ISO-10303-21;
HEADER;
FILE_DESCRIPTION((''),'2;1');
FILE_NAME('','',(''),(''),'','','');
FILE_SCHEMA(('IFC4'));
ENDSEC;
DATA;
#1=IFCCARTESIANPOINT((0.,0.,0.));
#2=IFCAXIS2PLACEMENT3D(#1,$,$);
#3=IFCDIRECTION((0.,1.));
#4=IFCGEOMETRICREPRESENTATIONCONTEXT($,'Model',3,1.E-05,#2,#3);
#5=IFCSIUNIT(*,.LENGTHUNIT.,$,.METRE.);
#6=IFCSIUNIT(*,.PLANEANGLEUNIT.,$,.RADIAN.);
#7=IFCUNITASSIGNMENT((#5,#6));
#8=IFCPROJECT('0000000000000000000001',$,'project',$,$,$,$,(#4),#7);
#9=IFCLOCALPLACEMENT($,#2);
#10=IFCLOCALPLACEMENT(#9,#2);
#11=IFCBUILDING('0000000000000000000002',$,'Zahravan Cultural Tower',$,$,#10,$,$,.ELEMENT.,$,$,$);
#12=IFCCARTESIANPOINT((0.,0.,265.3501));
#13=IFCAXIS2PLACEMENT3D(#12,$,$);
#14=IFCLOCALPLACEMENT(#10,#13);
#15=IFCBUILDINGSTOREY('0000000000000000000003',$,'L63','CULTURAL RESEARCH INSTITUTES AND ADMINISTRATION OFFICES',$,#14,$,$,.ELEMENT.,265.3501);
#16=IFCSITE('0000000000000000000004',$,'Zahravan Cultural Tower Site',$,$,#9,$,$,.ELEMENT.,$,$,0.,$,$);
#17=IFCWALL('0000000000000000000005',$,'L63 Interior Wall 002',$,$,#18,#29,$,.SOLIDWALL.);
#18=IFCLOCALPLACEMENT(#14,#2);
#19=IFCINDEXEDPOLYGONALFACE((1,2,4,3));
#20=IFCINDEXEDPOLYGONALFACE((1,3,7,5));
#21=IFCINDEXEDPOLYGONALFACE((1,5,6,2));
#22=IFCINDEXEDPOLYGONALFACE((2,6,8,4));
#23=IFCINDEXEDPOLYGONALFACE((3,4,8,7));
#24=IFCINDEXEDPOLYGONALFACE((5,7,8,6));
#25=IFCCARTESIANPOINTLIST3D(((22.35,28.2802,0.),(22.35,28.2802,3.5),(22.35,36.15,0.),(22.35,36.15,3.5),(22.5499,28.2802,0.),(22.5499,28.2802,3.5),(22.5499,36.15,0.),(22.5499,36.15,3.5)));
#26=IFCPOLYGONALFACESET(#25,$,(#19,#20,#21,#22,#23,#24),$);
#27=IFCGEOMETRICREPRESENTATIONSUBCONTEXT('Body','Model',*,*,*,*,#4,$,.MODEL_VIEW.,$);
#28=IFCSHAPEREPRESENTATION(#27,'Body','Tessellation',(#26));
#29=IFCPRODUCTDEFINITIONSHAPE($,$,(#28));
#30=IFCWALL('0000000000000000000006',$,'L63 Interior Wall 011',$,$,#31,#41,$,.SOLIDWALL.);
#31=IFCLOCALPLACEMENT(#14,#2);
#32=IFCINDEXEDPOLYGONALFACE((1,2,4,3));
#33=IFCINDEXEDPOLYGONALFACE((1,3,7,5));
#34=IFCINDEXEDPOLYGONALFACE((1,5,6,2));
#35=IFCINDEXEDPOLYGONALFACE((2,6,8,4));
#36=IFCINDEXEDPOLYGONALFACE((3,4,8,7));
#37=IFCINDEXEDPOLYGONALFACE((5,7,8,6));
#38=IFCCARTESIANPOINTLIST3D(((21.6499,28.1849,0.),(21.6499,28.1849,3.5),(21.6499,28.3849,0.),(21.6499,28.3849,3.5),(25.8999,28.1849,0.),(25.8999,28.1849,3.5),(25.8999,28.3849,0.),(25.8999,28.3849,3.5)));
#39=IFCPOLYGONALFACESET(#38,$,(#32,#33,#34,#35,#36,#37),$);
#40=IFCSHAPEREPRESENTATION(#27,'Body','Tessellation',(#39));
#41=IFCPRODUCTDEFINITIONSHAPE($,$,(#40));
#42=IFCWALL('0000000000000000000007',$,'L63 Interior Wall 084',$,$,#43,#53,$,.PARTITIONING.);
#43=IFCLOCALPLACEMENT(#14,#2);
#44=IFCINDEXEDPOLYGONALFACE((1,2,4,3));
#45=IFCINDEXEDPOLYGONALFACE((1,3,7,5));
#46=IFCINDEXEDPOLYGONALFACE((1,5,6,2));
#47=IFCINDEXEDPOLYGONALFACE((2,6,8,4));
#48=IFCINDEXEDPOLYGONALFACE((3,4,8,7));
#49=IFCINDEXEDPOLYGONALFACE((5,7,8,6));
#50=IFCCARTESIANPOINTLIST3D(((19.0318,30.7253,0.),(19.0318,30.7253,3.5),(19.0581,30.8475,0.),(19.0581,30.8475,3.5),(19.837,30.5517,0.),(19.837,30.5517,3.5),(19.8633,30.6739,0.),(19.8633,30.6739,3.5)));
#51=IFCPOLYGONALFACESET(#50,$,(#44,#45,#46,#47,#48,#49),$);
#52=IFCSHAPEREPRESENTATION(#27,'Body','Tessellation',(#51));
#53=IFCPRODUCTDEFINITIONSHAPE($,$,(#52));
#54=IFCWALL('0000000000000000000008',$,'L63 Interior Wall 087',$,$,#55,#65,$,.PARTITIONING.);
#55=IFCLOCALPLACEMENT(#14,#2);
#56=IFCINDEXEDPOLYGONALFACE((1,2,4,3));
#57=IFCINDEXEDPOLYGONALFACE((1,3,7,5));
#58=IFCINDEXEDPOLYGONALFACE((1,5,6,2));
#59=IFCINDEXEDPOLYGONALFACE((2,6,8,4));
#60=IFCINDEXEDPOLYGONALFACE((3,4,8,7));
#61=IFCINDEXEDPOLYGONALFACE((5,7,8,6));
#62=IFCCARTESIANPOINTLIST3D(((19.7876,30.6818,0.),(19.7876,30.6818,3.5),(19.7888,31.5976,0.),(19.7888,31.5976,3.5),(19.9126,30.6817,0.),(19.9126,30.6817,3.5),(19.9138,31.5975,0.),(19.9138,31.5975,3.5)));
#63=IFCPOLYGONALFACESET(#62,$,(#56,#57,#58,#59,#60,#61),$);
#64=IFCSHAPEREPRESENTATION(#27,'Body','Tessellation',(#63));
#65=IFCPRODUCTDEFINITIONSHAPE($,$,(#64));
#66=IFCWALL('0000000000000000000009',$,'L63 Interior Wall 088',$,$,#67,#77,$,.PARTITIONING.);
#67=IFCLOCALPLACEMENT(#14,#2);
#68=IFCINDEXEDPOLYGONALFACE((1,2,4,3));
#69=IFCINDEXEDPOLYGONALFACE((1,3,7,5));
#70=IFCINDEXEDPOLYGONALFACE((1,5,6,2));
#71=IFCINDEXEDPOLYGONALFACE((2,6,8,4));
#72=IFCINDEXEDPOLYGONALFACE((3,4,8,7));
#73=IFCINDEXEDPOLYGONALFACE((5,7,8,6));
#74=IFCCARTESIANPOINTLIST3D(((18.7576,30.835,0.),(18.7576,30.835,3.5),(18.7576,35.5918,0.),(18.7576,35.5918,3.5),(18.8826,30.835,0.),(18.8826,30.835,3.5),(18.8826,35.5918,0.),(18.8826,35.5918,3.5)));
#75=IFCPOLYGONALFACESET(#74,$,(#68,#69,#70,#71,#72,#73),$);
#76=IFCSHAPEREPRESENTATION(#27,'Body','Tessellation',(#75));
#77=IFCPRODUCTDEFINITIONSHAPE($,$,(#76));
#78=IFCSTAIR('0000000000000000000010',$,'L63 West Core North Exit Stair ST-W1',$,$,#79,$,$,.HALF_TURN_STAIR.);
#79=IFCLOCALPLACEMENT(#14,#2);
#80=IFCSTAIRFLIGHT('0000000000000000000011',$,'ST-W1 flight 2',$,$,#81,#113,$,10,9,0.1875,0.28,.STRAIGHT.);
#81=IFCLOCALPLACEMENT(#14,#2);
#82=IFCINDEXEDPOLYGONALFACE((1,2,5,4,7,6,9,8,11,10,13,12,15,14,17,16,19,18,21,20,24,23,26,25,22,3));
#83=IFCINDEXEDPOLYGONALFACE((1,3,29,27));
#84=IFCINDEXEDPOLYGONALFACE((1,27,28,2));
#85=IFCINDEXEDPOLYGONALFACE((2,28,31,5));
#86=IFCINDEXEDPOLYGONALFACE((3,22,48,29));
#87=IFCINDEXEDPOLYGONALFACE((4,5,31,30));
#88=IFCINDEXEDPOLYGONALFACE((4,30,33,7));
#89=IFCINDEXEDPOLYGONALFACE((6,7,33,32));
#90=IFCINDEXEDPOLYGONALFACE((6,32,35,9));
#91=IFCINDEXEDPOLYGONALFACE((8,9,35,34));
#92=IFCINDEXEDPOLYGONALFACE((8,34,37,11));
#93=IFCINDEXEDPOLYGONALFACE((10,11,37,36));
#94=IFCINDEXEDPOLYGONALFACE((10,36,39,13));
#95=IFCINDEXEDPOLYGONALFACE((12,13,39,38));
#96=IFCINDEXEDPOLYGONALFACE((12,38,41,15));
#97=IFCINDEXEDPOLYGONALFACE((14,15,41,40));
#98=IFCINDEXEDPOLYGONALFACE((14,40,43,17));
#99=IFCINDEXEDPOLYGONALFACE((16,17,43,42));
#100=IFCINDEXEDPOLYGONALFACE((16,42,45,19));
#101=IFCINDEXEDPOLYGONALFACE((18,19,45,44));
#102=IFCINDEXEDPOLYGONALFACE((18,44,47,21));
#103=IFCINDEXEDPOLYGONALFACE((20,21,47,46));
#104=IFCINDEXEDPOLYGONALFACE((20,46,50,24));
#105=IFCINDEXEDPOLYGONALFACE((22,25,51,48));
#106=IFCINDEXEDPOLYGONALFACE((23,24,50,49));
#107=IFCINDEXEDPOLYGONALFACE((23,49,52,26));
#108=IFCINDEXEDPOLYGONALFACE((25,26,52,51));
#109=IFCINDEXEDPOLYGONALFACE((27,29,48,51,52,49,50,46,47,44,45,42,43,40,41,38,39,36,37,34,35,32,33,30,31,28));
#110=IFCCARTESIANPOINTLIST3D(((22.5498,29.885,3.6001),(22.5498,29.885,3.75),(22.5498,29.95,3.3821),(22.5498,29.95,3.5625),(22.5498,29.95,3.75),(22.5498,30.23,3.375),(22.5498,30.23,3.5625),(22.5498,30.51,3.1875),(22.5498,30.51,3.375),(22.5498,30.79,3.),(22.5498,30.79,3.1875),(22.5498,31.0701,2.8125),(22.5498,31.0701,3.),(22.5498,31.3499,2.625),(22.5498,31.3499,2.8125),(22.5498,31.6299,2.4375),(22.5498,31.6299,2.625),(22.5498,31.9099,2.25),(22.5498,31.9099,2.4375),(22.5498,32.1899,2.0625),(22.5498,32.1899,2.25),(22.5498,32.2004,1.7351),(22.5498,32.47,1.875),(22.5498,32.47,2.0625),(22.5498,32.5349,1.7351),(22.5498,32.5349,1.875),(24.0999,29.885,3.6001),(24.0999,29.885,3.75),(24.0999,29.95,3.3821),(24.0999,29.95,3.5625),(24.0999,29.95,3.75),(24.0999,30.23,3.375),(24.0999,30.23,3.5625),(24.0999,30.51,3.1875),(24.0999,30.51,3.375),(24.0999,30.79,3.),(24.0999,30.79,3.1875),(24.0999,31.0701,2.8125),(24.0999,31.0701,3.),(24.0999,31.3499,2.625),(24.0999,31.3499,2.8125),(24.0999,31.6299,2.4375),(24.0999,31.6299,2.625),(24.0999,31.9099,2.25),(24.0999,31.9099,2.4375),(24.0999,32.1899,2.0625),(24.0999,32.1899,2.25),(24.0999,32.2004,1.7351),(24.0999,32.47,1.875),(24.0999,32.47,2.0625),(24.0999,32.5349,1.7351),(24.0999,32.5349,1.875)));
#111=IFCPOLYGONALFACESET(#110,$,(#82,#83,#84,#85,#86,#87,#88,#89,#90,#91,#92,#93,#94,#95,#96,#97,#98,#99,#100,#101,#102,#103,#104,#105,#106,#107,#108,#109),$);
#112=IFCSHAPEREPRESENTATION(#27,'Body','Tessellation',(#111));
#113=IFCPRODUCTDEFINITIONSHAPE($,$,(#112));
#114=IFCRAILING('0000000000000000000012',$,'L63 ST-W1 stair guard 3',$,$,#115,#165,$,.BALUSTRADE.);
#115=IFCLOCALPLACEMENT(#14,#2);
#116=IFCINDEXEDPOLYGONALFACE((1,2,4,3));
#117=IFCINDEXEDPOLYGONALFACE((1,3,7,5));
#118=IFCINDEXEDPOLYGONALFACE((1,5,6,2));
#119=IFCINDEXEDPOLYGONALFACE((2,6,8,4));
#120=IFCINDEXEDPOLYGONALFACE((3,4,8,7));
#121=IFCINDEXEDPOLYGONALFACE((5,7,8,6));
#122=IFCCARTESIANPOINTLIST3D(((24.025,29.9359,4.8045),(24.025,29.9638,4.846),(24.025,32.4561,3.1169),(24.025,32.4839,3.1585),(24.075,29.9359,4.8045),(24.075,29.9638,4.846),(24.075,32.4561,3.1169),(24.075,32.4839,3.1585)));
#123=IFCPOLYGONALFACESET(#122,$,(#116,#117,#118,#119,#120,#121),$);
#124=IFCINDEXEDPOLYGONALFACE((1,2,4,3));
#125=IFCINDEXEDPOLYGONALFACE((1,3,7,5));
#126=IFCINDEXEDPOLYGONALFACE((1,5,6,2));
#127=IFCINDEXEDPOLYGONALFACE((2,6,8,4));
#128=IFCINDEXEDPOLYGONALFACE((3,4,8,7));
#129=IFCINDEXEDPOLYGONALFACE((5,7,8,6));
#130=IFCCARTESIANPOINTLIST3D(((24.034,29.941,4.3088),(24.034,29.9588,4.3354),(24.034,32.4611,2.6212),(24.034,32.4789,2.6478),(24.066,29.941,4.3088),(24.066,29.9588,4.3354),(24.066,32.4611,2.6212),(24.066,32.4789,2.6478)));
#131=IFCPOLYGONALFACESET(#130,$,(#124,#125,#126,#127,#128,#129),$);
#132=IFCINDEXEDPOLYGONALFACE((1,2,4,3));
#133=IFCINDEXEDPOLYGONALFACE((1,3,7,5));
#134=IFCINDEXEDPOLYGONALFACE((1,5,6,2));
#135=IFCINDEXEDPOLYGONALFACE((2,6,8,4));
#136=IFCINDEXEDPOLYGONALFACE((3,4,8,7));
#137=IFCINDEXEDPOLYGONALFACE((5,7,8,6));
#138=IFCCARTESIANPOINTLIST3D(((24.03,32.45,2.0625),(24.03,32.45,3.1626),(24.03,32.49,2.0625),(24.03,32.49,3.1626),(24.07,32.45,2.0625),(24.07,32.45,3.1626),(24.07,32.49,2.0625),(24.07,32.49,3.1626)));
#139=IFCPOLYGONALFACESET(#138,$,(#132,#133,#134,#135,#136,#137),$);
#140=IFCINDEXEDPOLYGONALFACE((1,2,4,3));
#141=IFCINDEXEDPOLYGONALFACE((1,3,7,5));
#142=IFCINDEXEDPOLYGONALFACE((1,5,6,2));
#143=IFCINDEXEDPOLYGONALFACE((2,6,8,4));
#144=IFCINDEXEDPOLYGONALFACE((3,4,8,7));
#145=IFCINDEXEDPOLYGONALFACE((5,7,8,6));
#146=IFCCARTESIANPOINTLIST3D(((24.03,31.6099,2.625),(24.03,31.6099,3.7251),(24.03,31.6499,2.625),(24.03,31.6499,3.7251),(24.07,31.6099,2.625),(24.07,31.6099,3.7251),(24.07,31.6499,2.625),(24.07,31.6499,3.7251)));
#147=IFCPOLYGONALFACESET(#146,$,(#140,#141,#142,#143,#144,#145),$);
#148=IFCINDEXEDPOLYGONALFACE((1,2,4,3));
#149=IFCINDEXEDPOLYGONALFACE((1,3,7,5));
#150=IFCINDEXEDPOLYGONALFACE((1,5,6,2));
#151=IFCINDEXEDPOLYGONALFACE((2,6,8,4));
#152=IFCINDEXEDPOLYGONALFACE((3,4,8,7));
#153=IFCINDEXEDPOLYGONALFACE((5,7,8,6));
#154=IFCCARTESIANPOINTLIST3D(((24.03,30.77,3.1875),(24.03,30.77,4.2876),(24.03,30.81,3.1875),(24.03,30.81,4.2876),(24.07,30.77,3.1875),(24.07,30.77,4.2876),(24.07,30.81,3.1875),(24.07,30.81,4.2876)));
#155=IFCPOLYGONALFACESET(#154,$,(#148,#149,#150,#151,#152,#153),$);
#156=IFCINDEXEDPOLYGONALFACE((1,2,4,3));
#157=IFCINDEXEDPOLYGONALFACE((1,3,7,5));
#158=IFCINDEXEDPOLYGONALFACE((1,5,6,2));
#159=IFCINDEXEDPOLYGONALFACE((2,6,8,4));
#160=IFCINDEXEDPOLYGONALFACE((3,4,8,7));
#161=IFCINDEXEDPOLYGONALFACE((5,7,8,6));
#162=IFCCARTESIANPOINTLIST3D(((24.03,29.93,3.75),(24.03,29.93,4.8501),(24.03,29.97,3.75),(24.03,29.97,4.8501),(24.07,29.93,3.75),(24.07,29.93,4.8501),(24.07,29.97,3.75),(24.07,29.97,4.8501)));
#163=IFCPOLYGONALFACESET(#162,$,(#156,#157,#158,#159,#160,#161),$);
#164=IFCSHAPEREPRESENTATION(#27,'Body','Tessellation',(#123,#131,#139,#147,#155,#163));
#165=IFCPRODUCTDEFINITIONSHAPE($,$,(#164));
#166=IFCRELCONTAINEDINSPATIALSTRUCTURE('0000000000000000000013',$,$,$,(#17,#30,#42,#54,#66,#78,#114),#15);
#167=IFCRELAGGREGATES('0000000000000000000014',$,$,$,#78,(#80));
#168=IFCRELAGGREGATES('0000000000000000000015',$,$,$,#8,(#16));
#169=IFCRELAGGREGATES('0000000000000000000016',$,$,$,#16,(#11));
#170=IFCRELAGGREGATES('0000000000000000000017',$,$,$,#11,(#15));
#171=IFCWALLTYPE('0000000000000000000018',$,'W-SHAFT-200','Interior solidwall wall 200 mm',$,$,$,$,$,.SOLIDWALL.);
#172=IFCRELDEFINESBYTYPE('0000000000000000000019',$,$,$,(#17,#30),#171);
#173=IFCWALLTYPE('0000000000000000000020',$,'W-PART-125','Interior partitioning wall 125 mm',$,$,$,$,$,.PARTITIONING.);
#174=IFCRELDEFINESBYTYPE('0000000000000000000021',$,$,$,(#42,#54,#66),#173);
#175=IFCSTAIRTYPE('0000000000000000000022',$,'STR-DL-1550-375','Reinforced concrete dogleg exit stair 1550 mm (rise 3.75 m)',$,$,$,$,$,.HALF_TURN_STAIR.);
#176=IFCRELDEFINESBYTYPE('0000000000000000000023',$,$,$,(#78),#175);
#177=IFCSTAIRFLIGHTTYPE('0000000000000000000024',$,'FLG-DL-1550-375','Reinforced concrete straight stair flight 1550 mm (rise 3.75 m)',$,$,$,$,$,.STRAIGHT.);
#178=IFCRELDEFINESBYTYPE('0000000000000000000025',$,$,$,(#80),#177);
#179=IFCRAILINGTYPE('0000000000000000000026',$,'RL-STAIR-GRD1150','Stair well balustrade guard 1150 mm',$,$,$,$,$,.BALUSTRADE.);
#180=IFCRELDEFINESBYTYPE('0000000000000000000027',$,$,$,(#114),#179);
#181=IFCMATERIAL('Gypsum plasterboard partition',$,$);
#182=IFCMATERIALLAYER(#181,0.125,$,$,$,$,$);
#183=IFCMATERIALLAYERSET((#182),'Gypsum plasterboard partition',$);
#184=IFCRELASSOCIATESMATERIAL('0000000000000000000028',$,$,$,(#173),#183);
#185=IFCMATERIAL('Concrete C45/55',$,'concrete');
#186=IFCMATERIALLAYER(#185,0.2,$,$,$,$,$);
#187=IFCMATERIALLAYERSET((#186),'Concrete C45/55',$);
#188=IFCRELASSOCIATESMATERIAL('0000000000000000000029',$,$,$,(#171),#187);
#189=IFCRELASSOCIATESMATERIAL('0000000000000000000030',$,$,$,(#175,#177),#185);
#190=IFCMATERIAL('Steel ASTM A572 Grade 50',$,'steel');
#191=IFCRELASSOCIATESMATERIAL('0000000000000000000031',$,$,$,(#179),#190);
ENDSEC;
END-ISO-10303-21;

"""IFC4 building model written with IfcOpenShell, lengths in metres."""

from ifc_helpers import new_model, si_unit, direction, frame, frame_2d, origin, origin_2d, place, context, subcontext, project, spatial, polyline, rectangle, outline, extrude, source, transform, mapped, material, layer, layer_set, type_object, element, aggregate, save


model = new_model("IFC4")

# Units and contexts
model_context = context("Model", 3, precision=1e-05, world=origin(), true_north=direction((0.0, 1.0)))
body_context = subcontext(model_context, "Body", "Model", "MODEL_VIEW")
ifc_project = project(units=[si_unit("LENGTHUNIT", "METRE"), si_unit("PLANEANGLEUNIT", "RADIAN")], contexts=[model_context])

# Site, building, storey
site_placement = place(None, origin())
site = spatial("IfcSite", under=ifc_project, at=site_placement, Name="Zahravan Cultural Tower Site", CompositionType="ELEMENT", RefElevation=0.0)
building_placement = place(site_placement, origin())
building = spatial("IfcBuilding", under=site, at=building_placement, Name="Zahravan Cultural Tower", CompositionType="ELEMENT")
storey_placement = place(building_placement, frame((0.0, 0.0, 265.3501)))
storey = spatial("IfcBuildingStorey", under=building, at=storey_placement, Name="L63", Description="CULTURAL RESEARCH INSTITUTES AND ADMINISTRATION OFFICES", CompositionType="ELEMENT", Elevation=265.3501)

# Shared definitions
ifc_material_1 = material(Name="Gypsum plasterboard partition")
ifc_layer_1 = layer(ifc_material_1, 0.125)
ifc_layer_set_1 = layer_set([ifc_layer_1], Name="Gypsum plasterboard partition")
wall_type_1 = type_object("IfcWallType", Name="W-PART-125", Description="Interior partitioning wall 125 mm", PredefinedType="PARTITIONING", material=ifc_layer_set_1)

# Walls
ifc_material_2 = material(Name="Concrete C45/55", Category="concrete")
ifc_layer_2 = layer(ifc_material_2, 0.2)
ifc_layer_set_2 = layer_set([ifc_layer_2], Name="Concrete C45/55")
wall_type_2 = type_object("IfcWallType", Name="W-SHAFT-200", Description="Interior solidwall wall 200 mm", PredefinedType="SOLIDWALL", material=ifc_layer_set_2)
shared_shape_1 = source(origin(), body_context, "Body", "SweptSolid", [
    extrude(rectangle(XDim=7.8699, YDim=0.2, at=frame_2d((3.9351, 0.0))), origin(), (0.0, 0.0, 1.0), 3.5),
])
wall_1_placement = place(storey_placement, frame((22.45, 28.28, 0.0), z_axis=(0.0, 0.0, 1.0), x_axis=(0.0, 1.0, 0.0)))
element("IfcWall", 1, at=wall_1_placement, inside=storey, type_object=wall_type_2, Name="L63 Interior Wall 002", PredefinedType="SOLIDWALL", context=body_context, shape_type="MappedRepresentation", body=[
    mapped(shared_shape_1, transform((0.0, 0.0, 0.0), x_axis=(1.0, 0.0, 0.0), y_axis=(0.0, 1.0, 0.0), z_axis=(0.0, 0.0, 1.0), scale=1.0)),
])
shared_shape_2 = source(origin(), body_context, "Body", "SweptSolid", [
    extrude(rectangle(XDim=4.25, YDim=0.2, at=frame_2d((2.125, 0.0))), origin(), (0.0, 0.0, 1.0), 3.5),
])
wall_2_placement = place(storey_placement, frame((21.6499, 28.2849, 0.0), z_axis=(0.0, 0.0, 1.0), x_axis=(1.0, 0.0, 0.0)))
element("IfcWall", 2, at=wall_2_placement, inside=storey, type_object=wall_type_2, Name="L63 Interior Wall 011", PredefinedType="SOLIDWALL", context=body_context, shape_type="MappedRepresentation", body=[
    mapped(shared_shape_2, transform((0.0, 0.0, 0.0), x_axis=(1.0, 0.0, 0.0), y_axis=(0.0, 1.0, 0.0), z_axis=(0.0, 0.0, 1.0), scale=1.0)),
])
shared_shape_3 = source(origin(), body_context, "Body", "SweptSolid", [
    extrude(rectangle(XDim=0.8237, YDim=0.125, at=frame_2d((0.4119, 0.0))), origin(), (0.0, 0.0, 1.0), 3.5),
])
wall_3_placement = place(storey_placement, frame((19.0449, 30.7864, 0.0), z_axis=(0.0, 0.0, 1.0), x_axis=(0.977541, -0.210743, 0.0)))
element("IfcWall", 3, at=wall_3_placement, inside=storey, type_object=wall_type_1, Name="L63 Interior Wall 084", PredefinedType="PARTITIONING", context=body_context, shape_type="MappedRepresentation", body=[
    mapped(shared_shape_3, transform((0.0, 0.0, 0.0), x_axis=(1.0, 0.0, 0.0), y_axis=(0.0, 1.0, 0.0), z_axis=(0.0, 0.0, 1.0), scale=1.0)),
])
shared_shape_4 = source(origin(), body_context, "Body", "SweptSolid", [
    extrude(rectangle(XDim=0.9158, YDim=0.125, at=frame_2d((0.458, 0.0))), origin(), (0.0, 0.0, 1.0), 3.5),
])
wall_4_placement = place(storey_placement, frame((19.8513, 31.5977, 0.0), z_axis=(0.0, 0.0, 1.0), x_axis=(-0.001333, -0.999999, 0.0)))
element("IfcWall", 4, at=wall_4_placement, inside=storey, type_object=wall_type_1, Name="L63 Interior Wall 087", PredefinedType="PARTITIONING", context=body_context, shape_type="MappedRepresentation", body=[
    mapped(shared_shape_4, transform((0.0, 0.0, 0.0), x_axis=(1.0, 0.0, 0.0), y_axis=(0.0, 1.0, 0.0), z_axis=(0.0, 0.0, 1.0), scale=1.0)),
])
shared_shape_5 = source(origin(), body_context, "Body", "SweptSolid", [
    extrude(rectangle(XDim=4.7568, YDim=0.125, at=frame_2d((2.3784, 0.0))), origin(), (0.0, 0.0, 1.0), 3.5),
])
wall_5_placement = place(storey_placement, frame((18.8201, 30.835, 0.0), z_axis=(0.0, 0.0, 1.0), x_axis=(0.0, 1.0, 0.0)))
element("IfcWall", 5, at=wall_5_placement, inside=storey, type_object=wall_type_1, Name="L63 Interior Wall 088", PredefinedType="PARTITIONING", context=body_context, shape_type="MappedRepresentation", body=[
    mapped(shared_shape_5, transform((0.0, 0.0, 0.0), x_axis=(1.0, 0.0, 0.0), y_axis=(0.0, 1.0, 0.0), z_axis=(0.0, 0.0, 1.0), scale=1.0)),
])

# Stair, stair flight
stair_type = type_object("IfcStairType", Name="STR-DL-1550-375", Description="Reinforced concrete dogleg exit stair 1550 mm (rise 3.75 m)", PredefinedType="HALF_TURN_STAIR", material=ifc_material_2)
stair_placement = place(storey_placement, origin())
stair = element("IfcStair", 6, at=stair_placement, inside=storey, type_object=stair_type, Name="L63 West Core North Exit Stair ST-W1", PredefinedType="HALF_TURN_STAIR")
stair_flight_type = type_object("IfcStairFlightType", Name="FLG-DL-1550-375", Description="Reinforced concrete straight stair flight 1550 mm (rise 3.75 m)", PredefinedType="STRAIGHT", material=ifc_material_2)
stair_flight_placement = place(storey_placement, frame((23.325, 32.47, 1.875), z_axis=(0.0, 0.0, 1.0), x_axis=(0.0, -1.0, 0.0)))
stair_flight = element("IfcStairFlight", 7, at=stair_flight_placement, type_object=stair_flight_type, Name="ST-W1 flight 2", NumberOfRisers=10, NumberOfTreads=9, PredefinedType="STRAIGHT", RiserHeight=0.1875, TreadLength=0.28, context=body_context, shape_type="SweptSolid", body=[
    extrude(outline(polyline([(-0.0649, -0.1399), (-0.0649, 0.0), (0.0, 0.0), (0.0, 0.1875), (0.28, 0.1875), (0.28, 0.375), (0.5601, 0.375), (0.5601, 0.5625), (0.8401, 0.5625), (0.8401, 0.75), (1.1201, 0.75), (1.1201, 0.9375), (1.3999, 0.9375), (1.3999, 1.125), (1.6799, 1.125), (1.6799, 1.3125), (1.96, 1.3125), (1.96, 1.5), (2.24, 1.5), (2.24, 1.6875), (2.52, 1.6875), (2.52, 1.875), (2.585, 1.875), (2.585, 1.7251), (2.52, 1.5071), (0.2695, -0.1399), (-0.0649, -0.1399)])), frame((0.0, 0.7749, 0.0), z_axis=(0.0, -1.0, 0.0), x_axis=(1.0, 0.0, 0.0)), (0.0, 0.0, 1.0), 1.55),
])
aggregate(stair, [stair_flight])

# Railing
ifc_material_3 = material(Name="Steel ASTM A572 Grade 50", Category="steel")
railing_type_1 = type_object("IfcRailingType", Name="RL-STAIR-GRD1150", Description="Stair well balustrade guard 1150 mm", PredefinedType="BALUSTRADE", material=ifc_material_3)
railing_1_placement = place(storey_placement, frame((24.05, 32.47, 2.0625)))
element("IfcRailing", 8, at=railing_1_placement, inside=storey, type_object=railing_type_1, Name="L63 ST-W1 stair guard 3", PredefinedType="BALUSTRADE", context=body_context, shape_type="SweptSolid", body=[
    extrude(rectangle(XDim=0.05, YDim=0.05, at=origin_2d()), frame((0.0, 0.0, 1.0752), z_axis=(0.0, -0.830909, 0.556408), x_axis=(1.0, 0.0, 0.0)), (0.0, 0.0, 1.0), 3.033),
    extrude(rectangle(XDim=0.032, YDim=0.032, at=origin_2d()), frame((0.0, 0.0, 0.572), z_axis=(0.0, -0.830909, 0.556408), x_axis=(1.0, 0.0, 0.0)), (0.0, 0.0, 1.0), 3.033),
    extrude(rectangle(XDim=0.04, YDim=0.04, at=origin_2d()), origin(), (0.0, 0.0, 1.0), 1.1001),
    extrude(rectangle(XDim=0.04, YDim=0.04, at=origin_2d()), frame((0.0, -0.8401, 0.5625)), (0.0, 0.0, 1.0), 1.1001),
    extrude(rectangle(XDim=0.04, YDim=0.04, at=origin_2d()), frame((0.0, -1.6799, 1.125)), (0.0, 0.0, 1.0), 1.1001),
    extrude(rectangle(XDim=0.04, YDim=0.04, at=origin_2d()), frame((0.0, -2.52, 1.6875)), (0.0, 0.0, 1.0), 1.1001),
])

save(model, "model.ifc")
